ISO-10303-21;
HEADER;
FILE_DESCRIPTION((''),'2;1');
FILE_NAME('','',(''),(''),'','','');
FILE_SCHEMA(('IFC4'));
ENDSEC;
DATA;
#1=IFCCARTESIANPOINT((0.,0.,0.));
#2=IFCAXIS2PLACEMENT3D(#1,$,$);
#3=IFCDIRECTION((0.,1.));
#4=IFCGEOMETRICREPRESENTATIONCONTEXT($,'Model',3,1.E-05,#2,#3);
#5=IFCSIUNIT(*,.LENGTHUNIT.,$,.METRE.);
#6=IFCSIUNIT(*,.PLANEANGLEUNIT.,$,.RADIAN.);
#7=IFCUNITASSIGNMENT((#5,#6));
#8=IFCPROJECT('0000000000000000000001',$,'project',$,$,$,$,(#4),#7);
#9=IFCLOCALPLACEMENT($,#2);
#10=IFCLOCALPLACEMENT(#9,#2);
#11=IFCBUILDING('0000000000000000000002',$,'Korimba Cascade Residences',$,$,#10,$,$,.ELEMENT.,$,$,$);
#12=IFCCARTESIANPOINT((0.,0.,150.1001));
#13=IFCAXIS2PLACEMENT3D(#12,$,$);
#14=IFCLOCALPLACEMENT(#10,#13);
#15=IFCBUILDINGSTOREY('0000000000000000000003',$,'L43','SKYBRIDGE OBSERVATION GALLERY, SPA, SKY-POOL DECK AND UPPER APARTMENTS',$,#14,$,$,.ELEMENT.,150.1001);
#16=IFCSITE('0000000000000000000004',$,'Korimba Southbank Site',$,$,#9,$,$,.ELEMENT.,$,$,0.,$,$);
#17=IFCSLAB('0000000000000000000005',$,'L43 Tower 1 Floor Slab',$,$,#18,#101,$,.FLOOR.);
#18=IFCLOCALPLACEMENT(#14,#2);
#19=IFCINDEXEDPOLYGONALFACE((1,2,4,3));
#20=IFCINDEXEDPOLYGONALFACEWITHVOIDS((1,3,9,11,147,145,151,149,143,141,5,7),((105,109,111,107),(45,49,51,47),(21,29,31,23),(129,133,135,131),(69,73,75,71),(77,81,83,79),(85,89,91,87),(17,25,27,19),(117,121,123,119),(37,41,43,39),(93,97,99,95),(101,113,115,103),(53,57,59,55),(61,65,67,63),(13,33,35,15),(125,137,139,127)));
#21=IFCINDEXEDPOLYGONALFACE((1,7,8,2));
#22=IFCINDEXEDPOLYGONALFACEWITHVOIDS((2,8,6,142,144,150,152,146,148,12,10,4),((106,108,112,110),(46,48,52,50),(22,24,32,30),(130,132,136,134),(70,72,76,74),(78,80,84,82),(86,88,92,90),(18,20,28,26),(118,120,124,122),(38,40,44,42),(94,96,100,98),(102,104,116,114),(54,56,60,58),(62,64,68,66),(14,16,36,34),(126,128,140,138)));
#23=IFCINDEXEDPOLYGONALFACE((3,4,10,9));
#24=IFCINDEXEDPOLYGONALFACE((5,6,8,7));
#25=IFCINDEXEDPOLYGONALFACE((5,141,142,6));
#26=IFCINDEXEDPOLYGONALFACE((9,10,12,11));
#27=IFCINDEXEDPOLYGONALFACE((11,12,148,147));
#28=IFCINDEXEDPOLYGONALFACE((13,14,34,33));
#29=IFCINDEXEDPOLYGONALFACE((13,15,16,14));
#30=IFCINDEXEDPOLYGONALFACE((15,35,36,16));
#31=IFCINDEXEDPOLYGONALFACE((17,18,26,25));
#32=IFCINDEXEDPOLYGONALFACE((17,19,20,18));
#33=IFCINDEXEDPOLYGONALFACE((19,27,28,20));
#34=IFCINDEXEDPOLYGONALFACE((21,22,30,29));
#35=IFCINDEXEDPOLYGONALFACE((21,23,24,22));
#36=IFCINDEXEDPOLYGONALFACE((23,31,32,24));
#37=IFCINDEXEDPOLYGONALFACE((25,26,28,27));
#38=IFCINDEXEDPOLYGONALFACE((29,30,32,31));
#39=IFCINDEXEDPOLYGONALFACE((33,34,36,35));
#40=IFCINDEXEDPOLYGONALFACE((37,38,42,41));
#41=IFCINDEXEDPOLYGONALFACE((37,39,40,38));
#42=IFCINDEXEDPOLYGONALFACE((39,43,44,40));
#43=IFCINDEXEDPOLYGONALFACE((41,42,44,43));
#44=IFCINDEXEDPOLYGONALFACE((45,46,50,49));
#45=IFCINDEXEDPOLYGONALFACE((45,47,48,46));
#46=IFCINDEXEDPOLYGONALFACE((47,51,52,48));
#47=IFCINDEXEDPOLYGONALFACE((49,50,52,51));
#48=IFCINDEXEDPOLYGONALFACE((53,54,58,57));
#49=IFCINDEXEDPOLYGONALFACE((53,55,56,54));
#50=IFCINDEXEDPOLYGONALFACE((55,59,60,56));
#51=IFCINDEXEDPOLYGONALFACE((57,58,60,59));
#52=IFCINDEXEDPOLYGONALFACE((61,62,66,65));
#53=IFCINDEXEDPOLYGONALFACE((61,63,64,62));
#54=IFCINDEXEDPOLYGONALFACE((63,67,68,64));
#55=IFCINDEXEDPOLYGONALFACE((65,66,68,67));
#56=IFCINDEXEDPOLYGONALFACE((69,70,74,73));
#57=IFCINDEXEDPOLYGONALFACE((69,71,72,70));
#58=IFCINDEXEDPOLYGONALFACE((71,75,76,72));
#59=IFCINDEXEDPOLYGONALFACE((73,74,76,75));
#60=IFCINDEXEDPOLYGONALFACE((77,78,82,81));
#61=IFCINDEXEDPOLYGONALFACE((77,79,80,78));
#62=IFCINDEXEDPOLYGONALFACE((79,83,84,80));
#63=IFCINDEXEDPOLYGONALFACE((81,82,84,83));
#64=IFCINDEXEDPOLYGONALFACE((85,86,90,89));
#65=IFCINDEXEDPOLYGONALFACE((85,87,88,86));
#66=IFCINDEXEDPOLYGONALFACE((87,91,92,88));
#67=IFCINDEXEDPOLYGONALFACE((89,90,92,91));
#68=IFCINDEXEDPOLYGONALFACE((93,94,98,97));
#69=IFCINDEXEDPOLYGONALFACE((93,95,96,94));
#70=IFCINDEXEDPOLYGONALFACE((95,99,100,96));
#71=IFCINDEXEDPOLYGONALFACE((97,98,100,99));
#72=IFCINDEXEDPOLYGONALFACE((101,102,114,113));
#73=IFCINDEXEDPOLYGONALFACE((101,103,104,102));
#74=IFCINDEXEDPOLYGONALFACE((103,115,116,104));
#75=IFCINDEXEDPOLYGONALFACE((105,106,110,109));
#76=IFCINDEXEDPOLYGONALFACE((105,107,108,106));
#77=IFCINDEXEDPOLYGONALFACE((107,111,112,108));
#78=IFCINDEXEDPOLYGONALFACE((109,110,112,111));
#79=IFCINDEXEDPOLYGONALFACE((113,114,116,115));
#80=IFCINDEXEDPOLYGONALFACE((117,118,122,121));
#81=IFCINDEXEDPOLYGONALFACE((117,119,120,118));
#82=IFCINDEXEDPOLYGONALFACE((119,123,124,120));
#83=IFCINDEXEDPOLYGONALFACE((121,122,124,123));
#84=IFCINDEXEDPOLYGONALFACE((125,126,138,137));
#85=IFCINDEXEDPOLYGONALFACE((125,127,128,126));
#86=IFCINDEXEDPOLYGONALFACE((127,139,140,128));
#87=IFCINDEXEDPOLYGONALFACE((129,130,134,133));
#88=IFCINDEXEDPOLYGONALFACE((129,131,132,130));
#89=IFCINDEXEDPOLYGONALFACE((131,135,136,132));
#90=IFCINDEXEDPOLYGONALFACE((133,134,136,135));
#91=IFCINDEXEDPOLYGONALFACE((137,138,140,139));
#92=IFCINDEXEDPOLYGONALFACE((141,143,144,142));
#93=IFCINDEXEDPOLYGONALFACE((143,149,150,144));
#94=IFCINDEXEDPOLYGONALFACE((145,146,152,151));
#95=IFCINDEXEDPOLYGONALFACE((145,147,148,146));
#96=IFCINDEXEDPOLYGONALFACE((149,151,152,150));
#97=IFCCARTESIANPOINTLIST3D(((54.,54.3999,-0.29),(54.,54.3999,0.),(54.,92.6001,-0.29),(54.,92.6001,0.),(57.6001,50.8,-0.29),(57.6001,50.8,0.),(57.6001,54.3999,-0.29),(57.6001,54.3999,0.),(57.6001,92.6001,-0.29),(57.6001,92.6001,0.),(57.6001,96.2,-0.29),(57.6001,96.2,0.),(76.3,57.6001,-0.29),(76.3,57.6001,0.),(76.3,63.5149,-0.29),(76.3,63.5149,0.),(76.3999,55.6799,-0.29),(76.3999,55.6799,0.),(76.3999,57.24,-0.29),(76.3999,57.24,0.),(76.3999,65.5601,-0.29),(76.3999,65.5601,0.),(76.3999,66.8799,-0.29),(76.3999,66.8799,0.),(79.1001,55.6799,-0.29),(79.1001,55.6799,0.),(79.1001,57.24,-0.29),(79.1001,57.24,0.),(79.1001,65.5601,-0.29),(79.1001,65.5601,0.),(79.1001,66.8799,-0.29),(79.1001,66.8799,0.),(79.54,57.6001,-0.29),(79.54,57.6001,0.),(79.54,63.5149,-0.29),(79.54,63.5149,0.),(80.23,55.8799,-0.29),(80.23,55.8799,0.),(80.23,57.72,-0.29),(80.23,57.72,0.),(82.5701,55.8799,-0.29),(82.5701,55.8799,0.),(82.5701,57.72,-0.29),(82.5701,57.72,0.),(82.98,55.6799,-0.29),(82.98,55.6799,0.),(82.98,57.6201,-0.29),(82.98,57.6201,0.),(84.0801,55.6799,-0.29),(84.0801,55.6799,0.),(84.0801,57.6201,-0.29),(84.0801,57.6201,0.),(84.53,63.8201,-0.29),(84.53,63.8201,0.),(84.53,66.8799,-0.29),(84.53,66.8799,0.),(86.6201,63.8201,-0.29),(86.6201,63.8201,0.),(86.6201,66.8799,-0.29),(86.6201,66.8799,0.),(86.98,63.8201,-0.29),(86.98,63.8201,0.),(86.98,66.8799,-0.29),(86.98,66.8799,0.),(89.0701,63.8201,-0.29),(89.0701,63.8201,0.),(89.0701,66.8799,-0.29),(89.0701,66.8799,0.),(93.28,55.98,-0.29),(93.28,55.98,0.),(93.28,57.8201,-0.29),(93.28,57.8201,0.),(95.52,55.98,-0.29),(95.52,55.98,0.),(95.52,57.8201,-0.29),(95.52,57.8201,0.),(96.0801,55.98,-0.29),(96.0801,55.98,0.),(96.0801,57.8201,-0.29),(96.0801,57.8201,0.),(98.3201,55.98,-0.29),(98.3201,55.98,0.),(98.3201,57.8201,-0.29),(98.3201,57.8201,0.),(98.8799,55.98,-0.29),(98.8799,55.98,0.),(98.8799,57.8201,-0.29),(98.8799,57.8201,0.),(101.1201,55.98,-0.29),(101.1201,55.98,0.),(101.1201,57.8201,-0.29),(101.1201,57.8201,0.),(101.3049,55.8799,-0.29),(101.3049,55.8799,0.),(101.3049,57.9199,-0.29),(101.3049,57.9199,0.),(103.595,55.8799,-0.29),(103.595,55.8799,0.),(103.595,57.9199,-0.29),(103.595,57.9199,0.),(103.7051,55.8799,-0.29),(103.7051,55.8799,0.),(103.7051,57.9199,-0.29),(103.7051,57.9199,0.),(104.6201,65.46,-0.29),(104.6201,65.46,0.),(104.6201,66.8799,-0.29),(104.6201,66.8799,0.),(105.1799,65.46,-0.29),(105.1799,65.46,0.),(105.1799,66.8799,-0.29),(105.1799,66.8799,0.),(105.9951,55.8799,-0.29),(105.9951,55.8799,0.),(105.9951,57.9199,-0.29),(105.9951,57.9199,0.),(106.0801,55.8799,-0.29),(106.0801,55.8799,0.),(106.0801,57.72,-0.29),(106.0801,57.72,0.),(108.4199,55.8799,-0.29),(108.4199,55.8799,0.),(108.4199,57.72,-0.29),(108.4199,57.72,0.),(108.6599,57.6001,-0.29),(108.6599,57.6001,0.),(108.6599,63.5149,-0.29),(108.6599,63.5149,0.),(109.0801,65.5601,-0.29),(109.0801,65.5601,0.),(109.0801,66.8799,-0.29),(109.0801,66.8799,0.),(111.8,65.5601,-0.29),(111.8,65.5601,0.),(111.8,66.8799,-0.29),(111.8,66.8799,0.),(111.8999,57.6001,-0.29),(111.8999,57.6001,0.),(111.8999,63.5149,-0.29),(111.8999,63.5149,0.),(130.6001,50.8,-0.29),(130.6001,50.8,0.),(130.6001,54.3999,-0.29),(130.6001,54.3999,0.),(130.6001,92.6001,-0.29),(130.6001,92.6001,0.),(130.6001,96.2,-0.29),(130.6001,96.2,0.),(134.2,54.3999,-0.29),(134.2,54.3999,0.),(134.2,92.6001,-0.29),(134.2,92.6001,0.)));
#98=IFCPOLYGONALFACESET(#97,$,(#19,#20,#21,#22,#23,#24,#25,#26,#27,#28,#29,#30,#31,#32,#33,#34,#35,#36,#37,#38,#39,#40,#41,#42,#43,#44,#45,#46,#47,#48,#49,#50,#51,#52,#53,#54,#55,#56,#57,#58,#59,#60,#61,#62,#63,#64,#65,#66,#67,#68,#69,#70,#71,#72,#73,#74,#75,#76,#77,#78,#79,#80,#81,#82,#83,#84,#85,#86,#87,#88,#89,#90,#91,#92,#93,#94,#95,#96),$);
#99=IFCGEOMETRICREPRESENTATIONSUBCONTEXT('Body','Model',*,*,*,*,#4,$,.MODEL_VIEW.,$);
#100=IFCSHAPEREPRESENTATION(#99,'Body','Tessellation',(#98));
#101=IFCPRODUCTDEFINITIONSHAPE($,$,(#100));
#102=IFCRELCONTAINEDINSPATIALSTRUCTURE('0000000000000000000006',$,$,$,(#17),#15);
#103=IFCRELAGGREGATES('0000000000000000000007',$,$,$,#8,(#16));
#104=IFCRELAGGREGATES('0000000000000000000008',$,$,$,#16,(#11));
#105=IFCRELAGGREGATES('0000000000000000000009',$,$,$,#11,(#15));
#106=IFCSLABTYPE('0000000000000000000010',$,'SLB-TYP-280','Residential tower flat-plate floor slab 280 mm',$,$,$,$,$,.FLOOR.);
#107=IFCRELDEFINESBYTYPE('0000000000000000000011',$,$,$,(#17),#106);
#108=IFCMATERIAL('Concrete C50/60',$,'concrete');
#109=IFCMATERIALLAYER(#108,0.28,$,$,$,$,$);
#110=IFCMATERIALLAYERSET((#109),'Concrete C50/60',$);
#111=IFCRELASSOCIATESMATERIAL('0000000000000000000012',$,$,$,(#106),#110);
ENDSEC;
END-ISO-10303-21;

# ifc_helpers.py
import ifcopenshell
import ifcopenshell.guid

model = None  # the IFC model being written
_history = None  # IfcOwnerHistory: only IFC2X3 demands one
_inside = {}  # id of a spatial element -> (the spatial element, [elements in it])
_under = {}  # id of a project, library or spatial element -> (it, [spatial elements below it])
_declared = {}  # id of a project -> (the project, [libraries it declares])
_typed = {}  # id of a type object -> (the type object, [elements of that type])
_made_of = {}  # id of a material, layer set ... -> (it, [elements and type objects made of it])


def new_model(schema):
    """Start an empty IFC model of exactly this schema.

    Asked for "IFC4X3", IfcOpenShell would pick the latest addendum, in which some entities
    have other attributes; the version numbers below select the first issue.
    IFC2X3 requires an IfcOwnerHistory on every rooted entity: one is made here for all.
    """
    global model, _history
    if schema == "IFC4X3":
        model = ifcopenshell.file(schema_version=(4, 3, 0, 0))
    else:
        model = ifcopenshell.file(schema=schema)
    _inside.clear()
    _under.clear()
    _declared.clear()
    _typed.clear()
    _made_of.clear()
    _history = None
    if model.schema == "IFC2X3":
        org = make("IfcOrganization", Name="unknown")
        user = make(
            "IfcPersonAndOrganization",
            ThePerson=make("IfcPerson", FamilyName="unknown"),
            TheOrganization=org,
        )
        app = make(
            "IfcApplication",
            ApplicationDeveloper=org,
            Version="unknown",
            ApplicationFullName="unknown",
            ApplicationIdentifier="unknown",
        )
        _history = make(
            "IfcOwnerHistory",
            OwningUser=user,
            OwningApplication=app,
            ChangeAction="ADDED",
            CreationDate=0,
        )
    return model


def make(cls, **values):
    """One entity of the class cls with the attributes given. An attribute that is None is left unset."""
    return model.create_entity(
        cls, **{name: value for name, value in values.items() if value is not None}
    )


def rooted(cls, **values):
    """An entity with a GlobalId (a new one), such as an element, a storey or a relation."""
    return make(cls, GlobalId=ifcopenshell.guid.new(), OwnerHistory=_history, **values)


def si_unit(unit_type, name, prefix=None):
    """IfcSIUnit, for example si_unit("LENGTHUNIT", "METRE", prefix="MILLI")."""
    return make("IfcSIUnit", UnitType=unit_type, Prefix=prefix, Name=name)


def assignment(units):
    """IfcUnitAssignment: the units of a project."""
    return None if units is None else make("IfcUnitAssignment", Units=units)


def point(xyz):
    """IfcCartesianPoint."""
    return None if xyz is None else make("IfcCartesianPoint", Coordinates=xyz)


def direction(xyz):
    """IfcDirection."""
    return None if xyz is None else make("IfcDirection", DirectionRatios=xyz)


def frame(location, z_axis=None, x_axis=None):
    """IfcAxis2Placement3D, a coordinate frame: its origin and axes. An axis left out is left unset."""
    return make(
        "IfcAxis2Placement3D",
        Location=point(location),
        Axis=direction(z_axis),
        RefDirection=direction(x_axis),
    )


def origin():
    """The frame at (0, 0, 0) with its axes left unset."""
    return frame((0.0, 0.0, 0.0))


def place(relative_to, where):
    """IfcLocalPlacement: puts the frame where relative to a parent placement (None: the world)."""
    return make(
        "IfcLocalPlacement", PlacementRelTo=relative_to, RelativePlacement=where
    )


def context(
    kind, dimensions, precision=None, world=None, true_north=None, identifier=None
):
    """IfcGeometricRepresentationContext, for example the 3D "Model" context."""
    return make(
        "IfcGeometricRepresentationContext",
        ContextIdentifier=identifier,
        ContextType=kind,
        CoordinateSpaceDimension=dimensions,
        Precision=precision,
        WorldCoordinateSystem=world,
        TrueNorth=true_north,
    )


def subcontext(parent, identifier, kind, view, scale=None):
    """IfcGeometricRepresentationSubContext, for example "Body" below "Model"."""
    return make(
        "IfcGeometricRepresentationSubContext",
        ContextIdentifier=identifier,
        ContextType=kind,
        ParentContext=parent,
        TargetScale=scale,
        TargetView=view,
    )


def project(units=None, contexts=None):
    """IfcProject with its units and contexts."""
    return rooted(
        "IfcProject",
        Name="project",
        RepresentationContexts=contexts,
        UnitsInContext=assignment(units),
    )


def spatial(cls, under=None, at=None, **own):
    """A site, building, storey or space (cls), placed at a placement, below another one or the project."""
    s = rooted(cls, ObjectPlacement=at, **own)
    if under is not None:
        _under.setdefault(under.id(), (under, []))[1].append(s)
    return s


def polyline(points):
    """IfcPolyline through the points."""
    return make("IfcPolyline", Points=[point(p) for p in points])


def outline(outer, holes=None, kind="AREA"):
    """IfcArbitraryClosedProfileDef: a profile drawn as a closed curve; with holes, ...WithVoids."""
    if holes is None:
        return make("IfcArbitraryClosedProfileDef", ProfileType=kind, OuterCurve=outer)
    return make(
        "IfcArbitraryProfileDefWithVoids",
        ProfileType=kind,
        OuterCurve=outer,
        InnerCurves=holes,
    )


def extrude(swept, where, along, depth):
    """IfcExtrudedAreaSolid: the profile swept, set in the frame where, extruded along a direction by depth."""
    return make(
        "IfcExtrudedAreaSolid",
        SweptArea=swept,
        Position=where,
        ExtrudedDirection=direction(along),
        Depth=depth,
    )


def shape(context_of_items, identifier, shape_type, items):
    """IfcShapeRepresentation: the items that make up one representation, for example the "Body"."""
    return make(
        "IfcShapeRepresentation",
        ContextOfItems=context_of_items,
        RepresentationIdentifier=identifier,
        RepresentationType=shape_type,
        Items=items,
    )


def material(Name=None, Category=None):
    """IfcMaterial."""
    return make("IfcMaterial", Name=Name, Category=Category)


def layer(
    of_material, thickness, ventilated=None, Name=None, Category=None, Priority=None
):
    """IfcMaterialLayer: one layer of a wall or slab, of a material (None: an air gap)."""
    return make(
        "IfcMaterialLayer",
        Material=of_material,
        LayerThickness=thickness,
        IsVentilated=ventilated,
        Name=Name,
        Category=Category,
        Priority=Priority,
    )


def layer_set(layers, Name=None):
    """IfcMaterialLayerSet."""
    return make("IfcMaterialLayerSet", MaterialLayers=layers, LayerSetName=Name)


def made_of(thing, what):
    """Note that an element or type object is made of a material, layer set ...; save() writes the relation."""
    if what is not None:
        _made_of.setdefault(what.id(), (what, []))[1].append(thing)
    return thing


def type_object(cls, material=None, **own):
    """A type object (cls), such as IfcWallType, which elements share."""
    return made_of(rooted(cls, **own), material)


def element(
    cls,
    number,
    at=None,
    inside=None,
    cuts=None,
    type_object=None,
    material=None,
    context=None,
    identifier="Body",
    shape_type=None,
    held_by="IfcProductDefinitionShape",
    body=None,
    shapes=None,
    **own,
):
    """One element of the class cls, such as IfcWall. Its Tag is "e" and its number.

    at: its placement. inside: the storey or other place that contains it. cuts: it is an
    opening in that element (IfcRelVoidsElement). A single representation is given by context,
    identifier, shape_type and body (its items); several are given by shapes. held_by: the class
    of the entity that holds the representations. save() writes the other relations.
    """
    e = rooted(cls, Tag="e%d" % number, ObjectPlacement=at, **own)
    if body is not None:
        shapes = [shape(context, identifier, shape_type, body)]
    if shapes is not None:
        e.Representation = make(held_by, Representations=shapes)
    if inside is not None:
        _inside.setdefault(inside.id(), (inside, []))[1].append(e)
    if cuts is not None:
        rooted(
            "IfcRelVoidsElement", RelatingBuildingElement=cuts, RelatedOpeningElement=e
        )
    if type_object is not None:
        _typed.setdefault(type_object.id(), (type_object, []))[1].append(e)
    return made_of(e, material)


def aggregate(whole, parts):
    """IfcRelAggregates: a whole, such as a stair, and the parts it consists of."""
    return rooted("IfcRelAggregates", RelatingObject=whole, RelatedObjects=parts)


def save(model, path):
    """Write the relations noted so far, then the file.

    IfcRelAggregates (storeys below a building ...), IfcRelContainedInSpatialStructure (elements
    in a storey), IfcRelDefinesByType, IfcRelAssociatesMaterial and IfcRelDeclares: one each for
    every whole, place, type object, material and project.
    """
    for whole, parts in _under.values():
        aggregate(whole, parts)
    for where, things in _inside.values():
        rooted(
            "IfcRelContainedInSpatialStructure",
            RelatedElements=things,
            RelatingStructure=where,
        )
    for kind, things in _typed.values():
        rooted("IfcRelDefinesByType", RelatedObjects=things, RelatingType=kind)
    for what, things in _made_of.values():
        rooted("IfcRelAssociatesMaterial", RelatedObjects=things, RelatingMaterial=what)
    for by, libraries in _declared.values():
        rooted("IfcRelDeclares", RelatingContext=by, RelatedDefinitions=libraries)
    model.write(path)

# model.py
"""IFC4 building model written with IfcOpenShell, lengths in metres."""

from ifc_helpers import new_model, si_unit, direction, frame, origin, place, context, subcontext, project, spatial, polyline, outline, extrude, material, layer, layer_set, type_object, element, save


model = new_model("IFC4")

# Units and contexts
model_context = context("Model", 3, precision=1e-05, world=origin(), true_north=direction((0.0, 1.0)))
body_context = subcontext(model_context, "Body", "Model", "MODEL_VIEW")
ifc_project = project(units=[si_unit("LENGTHUNIT", "METRE"), si_unit("PLANEANGLEUNIT", "RADIAN")], contexts=[model_context])

# Site, building, storey
site_placement = place(None, origin())
site = spatial("IfcSite", under=ifc_project, at=site_placement, Name="Korimba Southbank Site", CompositionType="ELEMENT", RefElevation=0.0)
building_placement = place(site_placement, origin())
building = spatial("IfcBuilding", under=site, at=building_placement, Name="Korimba Cascade Residences", CompositionType="ELEMENT")
storey_placement = place(building_placement, frame((0.0, 0.0, 150.1001)))
storey = spatial("IfcBuildingStorey", under=building, at=storey_placement, Name="L43", Description="SKYBRIDGE OBSERVATION GALLERY, SPA, SKY-POOL DECK AND UPPER APARTMENTS", CompositionType="ELEMENT", Elevation=150.1001)

# Shared definitions
ifc_material_1 = material(Name="Concrete C50/60", Category="concrete")

# Slab
ifc_layer_1 = layer(ifc_material_1, 0.28)
ifc_layer_set_1 = layer_set([ifc_layer_1], Name="Concrete C50/60")
slab_type_1 = type_object("IfcSlabType", Name="SLB-TYP-280", Description="Residential tower flat-plate floor slab 280 mm", PredefinedType="FLOOR", material=ifc_layer_set_1)
slab_1_placement = place(storey_placement, frame((0.0, 0.0, -0.29)))
element("IfcSlab", 1, at=slab_1_placement, inside=storey, type_object=slab_type_1, Name="L43 Tower 1 Floor Slab", PredefinedType="FLOOR", context=body_context, shape_type="SweptSolid", body=[
    extrude(outline(polyline([(57.6001, 50.8), (130.6001, 50.8), (130.6001, 54.3999), (134.2, 54.3999), (134.2, 92.6001), (130.6001, 92.6001), (130.6001, 96.2), (57.6001, 96.2), (57.6001, 92.6001), (54.0, 92.6001), (54.0, 54.3999), (57.6001, 54.3999), (57.6001, 50.8)]), holes=[polyline([(76.3, 63.5149), (76.3, 57.6001), (79.54, 57.6001), (79.54, 63.5149), (76.3, 63.5149)]), polyline([(108.6599, 63.5149), (108.6599, 57.6001), (111.8999, 57.6001), (111.8999, 63.5149), (108.6599, 63.5149)]), polyline([(80.23, 55.8799), (82.5701, 55.8799), (82.5701, 57.72), (80.23, 57.72), (80.23, 55.8799)]), polyline([(106.0801, 55.8799), (108.4199, 55.8799), (108.4199, 57.72), (106.0801, 57.72), (106.0801, 55.8799)]), polyline([(93.28, 55.98), (95.52, 55.98), (95.52, 57.8201), (93.28, 57.8201), (93.28, 55.98)]), polyline([(96.0801, 55.98), (98.3201, 55.98), (98.3201, 57.8201), (96.0801, 57.8201), (96.0801, 55.98)]), polyline([(98.8799, 55.98), (101.1201, 55.98), (101.1201, 57.8201), (98.8799, 57.8201), (98.8799, 55.98)]), polyline([(101.3049, 55.8799), (103.595, 55.8799), (103.595, 57.9199), (101.3049, 57.9199), (101.3049, 55.8799)]), polyline([(103.7051, 55.8799), (105.9951, 55.8799), (105.9951, 57.9199), (103.7051, 57.9199), (103.7051, 55.8799)]), polyline([(82.98, 55.6799), (84.0801, 55.6799), (84.0801, 57.6201), (82.98, 57.6201), (82.98, 55.6799)]), polyline([(76.3999, 65.5601), (79.1001, 65.5601), (79.1001, 66.8799), (76.3999, 66.8799), (76.3999, 65.5601)]), polyline([(76.3999, 55.6799), (79.1001, 55.6799), (79.1001, 57.24), (76.3999, 57.24), (76.3999, 55.6799)]), polyline([(84.53, 63.8201), (86.6201, 63.8201), (86.6201, 66.8799), (84.53, 66.8799), (84.53, 63.8201)]), polyline([(86.98, 63.8201), (89.0701, 63.8201), (89.0701, 66.8799), (86.98, 66.8799), (86.98, 63.8201)]), polyline([(104.6201, 65.46), (105.1799, 65.46), (105.1799, 66.8799), (104.6201, 66.8799), (104.6201, 65.46)]), polyline([(109.0801, 65.5601), (111.8, 65.5601), (111.8, 66.8799), (109.0801, 66.8799), (109.0801, 65.5601)])]), origin(), (0.0, 0.0, 1.0), 0.29),
])

save(model, "model.ifc")
